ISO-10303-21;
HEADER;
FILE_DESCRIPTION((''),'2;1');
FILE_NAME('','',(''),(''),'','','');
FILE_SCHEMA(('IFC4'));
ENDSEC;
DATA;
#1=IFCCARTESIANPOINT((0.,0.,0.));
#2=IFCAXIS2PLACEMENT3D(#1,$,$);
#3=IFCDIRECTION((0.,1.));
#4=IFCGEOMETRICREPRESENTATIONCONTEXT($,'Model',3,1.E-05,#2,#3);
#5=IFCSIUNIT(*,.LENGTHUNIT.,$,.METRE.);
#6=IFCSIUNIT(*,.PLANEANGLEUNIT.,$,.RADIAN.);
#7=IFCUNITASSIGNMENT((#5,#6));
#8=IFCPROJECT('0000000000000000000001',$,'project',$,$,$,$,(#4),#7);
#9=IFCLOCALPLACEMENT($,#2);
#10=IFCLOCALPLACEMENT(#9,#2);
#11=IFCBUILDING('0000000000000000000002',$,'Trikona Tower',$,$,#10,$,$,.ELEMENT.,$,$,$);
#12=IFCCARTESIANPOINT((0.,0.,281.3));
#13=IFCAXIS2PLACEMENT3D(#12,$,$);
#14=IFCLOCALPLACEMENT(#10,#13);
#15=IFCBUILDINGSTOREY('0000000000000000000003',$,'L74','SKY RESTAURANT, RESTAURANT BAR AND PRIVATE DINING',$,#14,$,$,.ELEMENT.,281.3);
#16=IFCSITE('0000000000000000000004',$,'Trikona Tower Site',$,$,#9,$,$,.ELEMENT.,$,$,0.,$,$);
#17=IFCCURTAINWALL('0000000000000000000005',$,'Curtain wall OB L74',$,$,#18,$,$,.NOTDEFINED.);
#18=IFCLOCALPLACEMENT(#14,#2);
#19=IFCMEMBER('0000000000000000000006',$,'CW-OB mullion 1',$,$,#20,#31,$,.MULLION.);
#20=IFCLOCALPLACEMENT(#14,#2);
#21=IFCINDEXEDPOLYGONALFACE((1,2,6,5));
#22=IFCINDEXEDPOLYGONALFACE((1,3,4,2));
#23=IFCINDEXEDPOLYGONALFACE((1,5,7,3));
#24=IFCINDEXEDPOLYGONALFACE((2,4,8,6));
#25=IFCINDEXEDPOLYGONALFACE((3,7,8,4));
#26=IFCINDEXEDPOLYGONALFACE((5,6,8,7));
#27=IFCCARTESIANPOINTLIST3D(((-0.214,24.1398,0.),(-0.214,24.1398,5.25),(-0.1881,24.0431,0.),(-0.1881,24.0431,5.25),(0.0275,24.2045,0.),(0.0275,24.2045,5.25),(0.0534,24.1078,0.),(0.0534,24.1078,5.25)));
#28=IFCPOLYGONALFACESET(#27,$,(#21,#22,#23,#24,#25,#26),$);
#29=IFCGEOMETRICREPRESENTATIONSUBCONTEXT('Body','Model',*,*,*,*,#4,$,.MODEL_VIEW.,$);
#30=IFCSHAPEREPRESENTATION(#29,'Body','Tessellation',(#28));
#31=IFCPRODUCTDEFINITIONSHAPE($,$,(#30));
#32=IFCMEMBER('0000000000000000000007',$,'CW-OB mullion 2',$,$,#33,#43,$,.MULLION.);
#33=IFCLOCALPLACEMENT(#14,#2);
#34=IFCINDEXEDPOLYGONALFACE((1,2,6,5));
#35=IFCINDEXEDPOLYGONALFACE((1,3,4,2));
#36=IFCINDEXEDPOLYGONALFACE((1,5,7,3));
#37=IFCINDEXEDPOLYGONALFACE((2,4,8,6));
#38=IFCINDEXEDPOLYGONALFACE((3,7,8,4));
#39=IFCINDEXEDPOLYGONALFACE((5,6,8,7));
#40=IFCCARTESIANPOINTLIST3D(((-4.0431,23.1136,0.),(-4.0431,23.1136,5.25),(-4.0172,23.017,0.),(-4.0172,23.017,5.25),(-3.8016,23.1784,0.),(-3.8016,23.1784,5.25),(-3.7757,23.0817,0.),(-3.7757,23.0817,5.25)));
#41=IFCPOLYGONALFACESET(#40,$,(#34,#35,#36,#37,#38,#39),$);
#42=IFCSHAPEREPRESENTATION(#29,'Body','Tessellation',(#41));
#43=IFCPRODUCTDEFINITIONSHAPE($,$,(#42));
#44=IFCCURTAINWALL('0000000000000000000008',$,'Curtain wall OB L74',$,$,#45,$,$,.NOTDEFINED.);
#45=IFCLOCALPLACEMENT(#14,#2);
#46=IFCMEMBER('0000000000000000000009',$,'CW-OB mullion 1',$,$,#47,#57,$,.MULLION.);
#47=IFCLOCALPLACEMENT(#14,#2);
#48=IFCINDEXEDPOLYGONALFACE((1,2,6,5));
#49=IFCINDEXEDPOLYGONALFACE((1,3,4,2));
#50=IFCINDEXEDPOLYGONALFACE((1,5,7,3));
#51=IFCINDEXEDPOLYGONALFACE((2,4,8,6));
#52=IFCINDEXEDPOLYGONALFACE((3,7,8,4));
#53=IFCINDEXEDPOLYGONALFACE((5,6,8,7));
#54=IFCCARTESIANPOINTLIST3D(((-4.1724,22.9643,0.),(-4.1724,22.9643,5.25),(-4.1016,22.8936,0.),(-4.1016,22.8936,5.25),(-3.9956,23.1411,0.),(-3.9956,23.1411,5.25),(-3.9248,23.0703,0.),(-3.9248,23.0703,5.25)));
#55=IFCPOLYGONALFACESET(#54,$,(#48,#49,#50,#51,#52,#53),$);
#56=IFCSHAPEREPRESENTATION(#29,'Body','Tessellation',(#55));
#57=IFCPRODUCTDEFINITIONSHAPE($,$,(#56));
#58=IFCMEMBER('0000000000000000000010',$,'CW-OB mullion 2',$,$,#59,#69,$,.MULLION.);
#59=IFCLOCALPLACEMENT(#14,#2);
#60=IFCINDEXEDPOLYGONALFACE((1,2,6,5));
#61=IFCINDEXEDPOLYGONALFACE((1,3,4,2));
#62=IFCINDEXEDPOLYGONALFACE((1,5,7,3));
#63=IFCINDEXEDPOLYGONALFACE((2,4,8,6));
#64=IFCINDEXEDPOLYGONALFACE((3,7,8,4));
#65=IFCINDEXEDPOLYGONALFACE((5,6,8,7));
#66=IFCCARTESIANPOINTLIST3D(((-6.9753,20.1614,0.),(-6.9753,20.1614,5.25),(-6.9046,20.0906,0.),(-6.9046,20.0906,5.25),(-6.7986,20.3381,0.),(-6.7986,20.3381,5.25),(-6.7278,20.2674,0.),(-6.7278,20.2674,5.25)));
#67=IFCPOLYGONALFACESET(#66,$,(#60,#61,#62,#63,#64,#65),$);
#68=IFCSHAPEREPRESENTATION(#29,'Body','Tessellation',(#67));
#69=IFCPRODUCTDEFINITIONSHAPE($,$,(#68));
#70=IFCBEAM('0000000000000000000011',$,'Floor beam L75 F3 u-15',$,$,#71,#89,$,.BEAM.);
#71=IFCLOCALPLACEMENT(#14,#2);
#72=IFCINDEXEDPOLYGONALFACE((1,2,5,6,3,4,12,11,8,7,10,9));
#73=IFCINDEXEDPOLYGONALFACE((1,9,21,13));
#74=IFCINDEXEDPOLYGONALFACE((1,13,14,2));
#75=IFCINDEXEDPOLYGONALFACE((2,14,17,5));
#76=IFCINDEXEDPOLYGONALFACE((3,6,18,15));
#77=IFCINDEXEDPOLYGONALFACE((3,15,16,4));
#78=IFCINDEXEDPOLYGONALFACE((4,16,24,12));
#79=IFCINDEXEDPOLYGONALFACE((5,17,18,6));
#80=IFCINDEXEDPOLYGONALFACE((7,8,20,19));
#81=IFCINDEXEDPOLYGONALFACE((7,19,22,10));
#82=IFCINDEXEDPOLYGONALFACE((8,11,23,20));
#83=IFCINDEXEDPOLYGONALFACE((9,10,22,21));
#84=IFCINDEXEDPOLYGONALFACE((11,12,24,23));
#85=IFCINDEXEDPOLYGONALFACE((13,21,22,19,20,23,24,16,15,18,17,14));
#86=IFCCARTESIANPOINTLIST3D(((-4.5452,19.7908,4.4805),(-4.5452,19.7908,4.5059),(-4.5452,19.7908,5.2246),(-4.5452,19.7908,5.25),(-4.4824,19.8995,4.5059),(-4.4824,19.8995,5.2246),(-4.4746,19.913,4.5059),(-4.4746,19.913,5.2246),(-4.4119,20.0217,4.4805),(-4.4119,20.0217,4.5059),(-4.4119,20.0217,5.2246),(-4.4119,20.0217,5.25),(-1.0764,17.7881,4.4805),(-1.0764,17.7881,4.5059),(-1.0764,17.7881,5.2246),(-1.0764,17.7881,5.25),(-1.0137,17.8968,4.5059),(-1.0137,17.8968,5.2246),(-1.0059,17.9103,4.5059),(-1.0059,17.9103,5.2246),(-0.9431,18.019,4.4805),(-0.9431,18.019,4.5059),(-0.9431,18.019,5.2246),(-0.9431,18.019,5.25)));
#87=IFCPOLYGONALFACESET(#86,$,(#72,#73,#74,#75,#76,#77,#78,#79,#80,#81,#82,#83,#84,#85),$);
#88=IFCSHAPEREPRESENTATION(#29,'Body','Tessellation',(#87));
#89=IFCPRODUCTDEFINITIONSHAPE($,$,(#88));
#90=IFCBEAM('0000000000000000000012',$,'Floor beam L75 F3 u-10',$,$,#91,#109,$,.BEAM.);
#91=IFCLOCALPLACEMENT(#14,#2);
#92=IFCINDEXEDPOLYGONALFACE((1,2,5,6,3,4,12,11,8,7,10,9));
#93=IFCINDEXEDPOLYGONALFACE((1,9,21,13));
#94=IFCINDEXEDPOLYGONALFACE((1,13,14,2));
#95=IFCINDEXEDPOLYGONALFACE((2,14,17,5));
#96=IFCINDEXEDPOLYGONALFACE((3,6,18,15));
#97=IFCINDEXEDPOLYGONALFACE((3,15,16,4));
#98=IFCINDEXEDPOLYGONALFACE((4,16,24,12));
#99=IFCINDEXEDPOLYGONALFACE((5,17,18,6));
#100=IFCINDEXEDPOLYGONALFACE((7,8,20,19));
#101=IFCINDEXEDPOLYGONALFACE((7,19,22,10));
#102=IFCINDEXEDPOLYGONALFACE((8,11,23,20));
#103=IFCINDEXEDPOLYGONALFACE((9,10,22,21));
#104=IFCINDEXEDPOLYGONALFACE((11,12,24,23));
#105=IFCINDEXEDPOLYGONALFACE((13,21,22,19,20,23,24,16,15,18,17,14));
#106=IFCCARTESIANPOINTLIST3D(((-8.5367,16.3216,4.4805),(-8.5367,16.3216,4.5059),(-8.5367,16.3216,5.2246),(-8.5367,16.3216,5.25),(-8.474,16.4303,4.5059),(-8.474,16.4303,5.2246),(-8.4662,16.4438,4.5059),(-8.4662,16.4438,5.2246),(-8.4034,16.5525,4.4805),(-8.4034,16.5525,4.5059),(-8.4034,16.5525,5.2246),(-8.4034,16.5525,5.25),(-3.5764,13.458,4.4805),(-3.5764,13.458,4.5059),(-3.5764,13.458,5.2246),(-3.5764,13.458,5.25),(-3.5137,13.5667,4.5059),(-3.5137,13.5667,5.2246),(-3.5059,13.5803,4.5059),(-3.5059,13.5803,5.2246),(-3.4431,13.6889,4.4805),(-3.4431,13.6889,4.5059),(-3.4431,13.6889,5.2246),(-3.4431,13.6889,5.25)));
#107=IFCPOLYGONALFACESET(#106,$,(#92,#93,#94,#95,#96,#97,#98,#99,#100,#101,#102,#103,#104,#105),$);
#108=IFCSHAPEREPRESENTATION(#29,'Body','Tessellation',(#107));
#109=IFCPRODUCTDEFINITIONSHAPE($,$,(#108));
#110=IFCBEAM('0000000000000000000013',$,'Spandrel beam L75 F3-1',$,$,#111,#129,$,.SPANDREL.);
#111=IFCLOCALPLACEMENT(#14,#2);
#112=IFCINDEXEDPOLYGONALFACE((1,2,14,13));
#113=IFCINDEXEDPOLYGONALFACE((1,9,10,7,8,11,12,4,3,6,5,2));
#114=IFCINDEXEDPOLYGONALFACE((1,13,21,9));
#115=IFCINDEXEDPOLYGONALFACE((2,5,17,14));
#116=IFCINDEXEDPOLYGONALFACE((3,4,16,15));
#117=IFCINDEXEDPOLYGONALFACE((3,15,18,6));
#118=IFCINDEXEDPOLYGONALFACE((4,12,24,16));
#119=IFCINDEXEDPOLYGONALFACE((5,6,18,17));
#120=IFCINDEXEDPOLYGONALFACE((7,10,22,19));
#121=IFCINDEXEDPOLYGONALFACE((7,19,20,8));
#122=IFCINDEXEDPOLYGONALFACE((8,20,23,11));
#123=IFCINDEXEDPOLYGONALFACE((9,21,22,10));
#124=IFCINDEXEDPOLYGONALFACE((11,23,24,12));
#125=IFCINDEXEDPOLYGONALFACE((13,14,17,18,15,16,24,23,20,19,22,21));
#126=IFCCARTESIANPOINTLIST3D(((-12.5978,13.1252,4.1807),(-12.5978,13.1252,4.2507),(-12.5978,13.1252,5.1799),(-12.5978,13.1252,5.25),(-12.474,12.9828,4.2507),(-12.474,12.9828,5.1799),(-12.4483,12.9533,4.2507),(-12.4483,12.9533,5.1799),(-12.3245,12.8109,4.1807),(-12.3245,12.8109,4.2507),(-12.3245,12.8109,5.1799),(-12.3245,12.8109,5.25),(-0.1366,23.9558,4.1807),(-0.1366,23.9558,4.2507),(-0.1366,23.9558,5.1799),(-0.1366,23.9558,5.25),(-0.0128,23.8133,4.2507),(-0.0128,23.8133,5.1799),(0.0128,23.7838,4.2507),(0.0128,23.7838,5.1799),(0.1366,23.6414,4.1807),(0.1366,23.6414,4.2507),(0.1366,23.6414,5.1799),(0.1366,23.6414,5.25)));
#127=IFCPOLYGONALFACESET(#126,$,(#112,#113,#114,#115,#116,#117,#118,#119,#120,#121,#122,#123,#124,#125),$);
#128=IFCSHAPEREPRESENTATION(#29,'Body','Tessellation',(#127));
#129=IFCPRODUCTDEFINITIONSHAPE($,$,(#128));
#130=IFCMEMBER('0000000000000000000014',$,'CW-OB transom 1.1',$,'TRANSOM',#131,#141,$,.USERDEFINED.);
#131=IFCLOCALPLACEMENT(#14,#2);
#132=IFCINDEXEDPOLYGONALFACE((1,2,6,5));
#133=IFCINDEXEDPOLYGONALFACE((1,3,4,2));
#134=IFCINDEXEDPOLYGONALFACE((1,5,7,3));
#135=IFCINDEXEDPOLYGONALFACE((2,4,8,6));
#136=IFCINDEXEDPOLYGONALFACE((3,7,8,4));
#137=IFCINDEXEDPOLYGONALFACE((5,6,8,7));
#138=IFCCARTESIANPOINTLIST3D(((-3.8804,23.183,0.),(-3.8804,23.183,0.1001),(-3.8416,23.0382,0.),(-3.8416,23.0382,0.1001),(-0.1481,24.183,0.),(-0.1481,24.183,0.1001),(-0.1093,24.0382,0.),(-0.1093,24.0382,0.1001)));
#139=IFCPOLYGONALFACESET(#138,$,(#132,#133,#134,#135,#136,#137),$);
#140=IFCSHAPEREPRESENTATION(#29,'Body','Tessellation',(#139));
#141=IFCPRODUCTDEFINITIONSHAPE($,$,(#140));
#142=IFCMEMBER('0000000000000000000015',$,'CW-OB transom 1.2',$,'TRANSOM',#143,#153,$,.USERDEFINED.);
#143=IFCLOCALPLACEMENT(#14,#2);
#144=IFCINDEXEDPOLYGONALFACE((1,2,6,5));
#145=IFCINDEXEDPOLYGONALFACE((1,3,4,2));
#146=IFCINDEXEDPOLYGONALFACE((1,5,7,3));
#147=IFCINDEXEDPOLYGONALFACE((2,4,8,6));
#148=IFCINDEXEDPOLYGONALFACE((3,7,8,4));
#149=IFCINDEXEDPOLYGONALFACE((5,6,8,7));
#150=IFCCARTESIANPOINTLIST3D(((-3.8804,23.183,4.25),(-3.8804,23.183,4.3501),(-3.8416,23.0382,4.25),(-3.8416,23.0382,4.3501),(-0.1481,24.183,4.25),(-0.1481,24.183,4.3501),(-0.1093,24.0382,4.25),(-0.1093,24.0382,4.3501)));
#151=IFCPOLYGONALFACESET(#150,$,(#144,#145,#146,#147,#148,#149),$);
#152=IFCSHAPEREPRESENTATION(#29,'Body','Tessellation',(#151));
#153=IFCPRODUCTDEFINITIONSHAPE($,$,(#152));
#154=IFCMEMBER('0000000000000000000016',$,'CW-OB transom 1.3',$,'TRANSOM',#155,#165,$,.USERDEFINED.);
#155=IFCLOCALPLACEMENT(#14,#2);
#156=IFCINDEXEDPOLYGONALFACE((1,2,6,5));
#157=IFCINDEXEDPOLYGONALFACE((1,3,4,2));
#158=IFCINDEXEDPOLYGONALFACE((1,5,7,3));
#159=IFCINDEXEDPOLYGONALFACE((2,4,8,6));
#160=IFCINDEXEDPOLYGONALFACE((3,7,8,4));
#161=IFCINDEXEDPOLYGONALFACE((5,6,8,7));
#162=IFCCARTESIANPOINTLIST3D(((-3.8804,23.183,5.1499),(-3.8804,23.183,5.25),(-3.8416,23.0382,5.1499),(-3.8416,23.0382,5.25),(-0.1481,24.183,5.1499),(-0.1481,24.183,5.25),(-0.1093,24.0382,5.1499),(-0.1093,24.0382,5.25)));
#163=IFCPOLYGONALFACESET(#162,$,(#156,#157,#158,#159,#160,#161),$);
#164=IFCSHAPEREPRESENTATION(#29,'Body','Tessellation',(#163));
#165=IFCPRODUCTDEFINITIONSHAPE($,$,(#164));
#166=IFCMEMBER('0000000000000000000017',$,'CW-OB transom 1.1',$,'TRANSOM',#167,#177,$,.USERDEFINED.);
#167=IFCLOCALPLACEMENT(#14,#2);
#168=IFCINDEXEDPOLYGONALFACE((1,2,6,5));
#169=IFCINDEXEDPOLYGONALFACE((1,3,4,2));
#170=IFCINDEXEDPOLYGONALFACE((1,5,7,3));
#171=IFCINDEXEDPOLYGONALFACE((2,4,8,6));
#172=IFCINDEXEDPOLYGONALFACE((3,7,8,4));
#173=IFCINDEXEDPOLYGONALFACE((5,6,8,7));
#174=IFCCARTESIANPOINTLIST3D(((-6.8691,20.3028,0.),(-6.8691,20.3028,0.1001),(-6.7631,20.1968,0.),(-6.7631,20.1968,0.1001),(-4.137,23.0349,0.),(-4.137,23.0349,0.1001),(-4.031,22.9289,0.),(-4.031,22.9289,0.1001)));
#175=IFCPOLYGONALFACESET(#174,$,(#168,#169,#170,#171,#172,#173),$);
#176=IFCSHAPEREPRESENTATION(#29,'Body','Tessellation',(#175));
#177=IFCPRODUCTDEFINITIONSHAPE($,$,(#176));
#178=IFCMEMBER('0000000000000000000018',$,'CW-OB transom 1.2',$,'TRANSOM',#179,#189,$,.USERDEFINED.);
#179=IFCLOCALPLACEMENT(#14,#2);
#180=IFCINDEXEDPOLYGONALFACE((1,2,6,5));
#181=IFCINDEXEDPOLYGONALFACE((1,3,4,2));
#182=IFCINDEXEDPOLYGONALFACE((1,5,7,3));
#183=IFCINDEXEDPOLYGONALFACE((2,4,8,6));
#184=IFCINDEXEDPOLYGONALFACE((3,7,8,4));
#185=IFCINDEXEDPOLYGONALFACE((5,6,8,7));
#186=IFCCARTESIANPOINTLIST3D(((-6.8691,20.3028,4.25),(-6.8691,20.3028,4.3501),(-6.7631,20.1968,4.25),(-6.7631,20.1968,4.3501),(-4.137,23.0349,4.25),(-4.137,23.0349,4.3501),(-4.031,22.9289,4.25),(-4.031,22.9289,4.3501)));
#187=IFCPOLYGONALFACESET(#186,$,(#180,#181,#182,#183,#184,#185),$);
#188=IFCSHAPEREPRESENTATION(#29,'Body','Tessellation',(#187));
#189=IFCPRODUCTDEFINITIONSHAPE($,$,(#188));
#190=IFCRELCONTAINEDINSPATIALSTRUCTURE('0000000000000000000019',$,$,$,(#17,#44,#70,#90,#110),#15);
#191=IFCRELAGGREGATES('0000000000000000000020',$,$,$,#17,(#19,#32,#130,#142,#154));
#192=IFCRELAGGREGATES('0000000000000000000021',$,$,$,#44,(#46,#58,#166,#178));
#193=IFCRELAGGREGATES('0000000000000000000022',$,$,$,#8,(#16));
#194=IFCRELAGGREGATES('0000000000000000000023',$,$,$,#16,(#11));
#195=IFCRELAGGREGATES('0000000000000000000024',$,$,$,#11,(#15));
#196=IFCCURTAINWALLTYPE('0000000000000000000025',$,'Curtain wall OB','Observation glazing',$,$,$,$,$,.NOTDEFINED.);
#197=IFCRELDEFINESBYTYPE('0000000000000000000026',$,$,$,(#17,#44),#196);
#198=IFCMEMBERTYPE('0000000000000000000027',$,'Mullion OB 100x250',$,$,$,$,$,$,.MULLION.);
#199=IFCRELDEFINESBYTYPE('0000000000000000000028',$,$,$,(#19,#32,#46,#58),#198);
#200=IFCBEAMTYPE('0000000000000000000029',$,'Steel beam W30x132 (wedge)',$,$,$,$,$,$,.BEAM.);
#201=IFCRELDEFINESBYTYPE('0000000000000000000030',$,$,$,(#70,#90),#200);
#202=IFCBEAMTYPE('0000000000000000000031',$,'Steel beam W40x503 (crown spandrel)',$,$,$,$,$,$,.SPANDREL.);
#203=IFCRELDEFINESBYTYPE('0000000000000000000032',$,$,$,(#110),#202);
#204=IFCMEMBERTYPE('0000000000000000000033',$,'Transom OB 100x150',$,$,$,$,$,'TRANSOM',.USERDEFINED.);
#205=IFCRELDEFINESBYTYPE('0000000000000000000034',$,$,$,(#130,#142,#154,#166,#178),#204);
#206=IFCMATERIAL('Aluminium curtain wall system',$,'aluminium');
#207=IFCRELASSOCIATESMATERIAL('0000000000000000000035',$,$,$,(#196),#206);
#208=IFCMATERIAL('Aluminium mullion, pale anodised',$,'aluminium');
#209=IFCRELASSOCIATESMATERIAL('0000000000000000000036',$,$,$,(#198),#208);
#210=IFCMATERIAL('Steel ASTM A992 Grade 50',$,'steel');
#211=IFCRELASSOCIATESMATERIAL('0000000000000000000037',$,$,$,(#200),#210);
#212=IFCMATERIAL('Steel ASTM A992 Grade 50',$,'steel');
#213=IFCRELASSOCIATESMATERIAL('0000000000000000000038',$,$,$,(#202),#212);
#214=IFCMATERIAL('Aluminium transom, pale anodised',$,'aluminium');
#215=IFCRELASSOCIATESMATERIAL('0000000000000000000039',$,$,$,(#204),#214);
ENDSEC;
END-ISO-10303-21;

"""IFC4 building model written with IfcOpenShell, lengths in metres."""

from ifc_helpers import new_model, si_unit, direction, frame, origin, origin_2d, place, context, subcontext, project, spatial, rectangle, i_section, extrude, material, material_profile, profile_set, type_object, element, aggregate, save


model = new_model("IFC4")

# Units and contexts
model_context = context("Model", 3, precision=1e-05, world=origin(), true_north=direction((0.0, 1.0)))
body_context = subcontext(model_context, "Body", "Model", "MODEL_VIEW")
ifc_project = project(units=[si_unit("LENGTHUNIT", "METRE"), si_unit("PLANEANGLEUNIT", "RADIAN")], contexts=[model_context])

# Site, building, storey
site_placement = place(None, origin())
site = spatial("IfcSite", under=ifc_project, at=site_placement, Name="Trikona Tower Site", CompositionType="ELEMENT", RefElevation=0.0)
building_placement = place(site_placement, origin())
building = spatial("IfcBuilding", under=site, at=building_placement, Name="Trikona Tower", CompositionType="ELEMENT")
storey_placement = place(building_placement, frame((0.0, 0.0, 281.3)))
storey = spatial("IfcBuildingStorey", under=building, at=storey_placement, Name="L74", Description="SKY RESTAURANT, RESTAURANT BAR AND PRIVATE DINING", CompositionType="ELEMENT", Elevation=281.3)

# Curtain walls, members
ifc_material_1 = material(Name="Aluminium curtain wall system", Category="aluminium")
curtain_wall_type = type_object("IfcCurtainWallType", Name="Curtain wall OB", Description="Observation glazing", PredefinedType="NOTDEFINED", material=ifc_material_1)
curtain_wall_1_placement = place(storey_placement, origin())
curtain_wall_1 = element("IfcCurtainWall", 1, at=curtain_wall_1_placement, inside=storey, type_object=curtain_wall_type, Name="Curtain wall OB L74", PredefinedType="NOTDEFINED")
ifc_material_2 = material(Name="Aluminium mullion, pale anodised", Category="aluminium")
ifc_material_profile_1 = material_profile(ifc_material_2, rectangle(XDim=0.1001, YDim=0.25, at=origin_2d()), Name="MUL-OB")
ifc_profile_set_1 = profile_set([ifc_material_profile_1], Name="Aluminium mullion, pale anodised")
member_type_1 = type_object("IfcMemberType", Name="Mullion OB 100x250", PredefinedType="MULLION", material=ifc_profile_set_1)
member_1_placement = place(storey_placement, frame((-0.0803, 24.1238, 0.0), z_axis=(0.0, 0.0, 1.0), x_axis=(0.258828, -0.965923, 0.0)))
member_1 = element("IfcMember", 2, at=member_1_placement, type_object=member_type_1, Name="CW-OB mullion 1", PredefinedType="MULLION", context=body_context, shape_type="SweptSolid", body=[
    extrude(rectangle(XDim=0.1001, YDim=0.25, at=origin_2d()), origin(), (0.0, 0.0, 1.0), 5.25),
])
member_2_placement = place(storey_placement, frame((-3.9094, 23.0977, 0.0), z_axis=(0.0, 0.0, 1.0), x_axis=(0.258828, -0.965923, 0.0)))
member_2 = element("IfcMember", 3, at=member_2_placement, type_object=member_type_1, Name="CW-OB mullion 2", PredefinedType="MULLION", context=body_context, shape_type="SweptSolid", body=[
    extrude(rectangle(XDim=0.1001, YDim=0.25, at=origin_2d()), origin(), (0.0, 0.0, 1.0), 5.25),
])
curtain_wall_2_placement = place(storey_placement, origin())
curtain_wall_2 = element("IfcCurtainWall", 4, at=curtain_wall_2_placement, inside=storey, type_object=curtain_wall_type, Name="Curtain wall OB L74", PredefinedType="NOTDEFINED")
member_3_placement = place(storey_placement, frame((-4.0486, 23.0173, 0.0), z_axis=(0.0, 0.0, 1.0), x_axis=(0.707107, -0.707107, 0.0)))
member_3 = element("IfcMember", 5, at=member_3_placement, type_object=member_type_1, Name="CW-OB mullion 1", PredefinedType="MULLION", context=body_context, shape_type="SweptSolid", body=[
    extrude(rectangle(XDim=0.1001, YDim=0.25, at=origin_2d()), origin(), (0.0, 0.0, 1.0), 5.25),
])
member_4_placement = place(storey_placement, frame((-6.8516, 20.2144, 0.0), z_axis=(0.0, 0.0, 1.0), x_axis=(0.707107, -0.707107, 0.0)))
member_4 = element("IfcMember", 6, at=member_4_placement, type_object=member_type_1, Name="CW-OB mullion 2", PredefinedType="MULLION", context=body_context, shape_type="SweptSolid", body=[
    extrude(rectangle(XDim=0.1001, YDim=0.25, at=origin_2d()), origin(), (0.0, 0.0, 1.0), 5.25),
])

# Beams
ifc_material_3 = material(Name="Steel ASTM A992 Grade 50", Category="steel")
ifc_material_profile_2 = material_profile(ifc_material_3, i_section(OverallWidth=0.2666, OverallDepth=0.7695, WebThickness=0.0156, FlangeThickness=0.0254, at=origin_2d()), Name="W30X132")
ifc_profile_set_2 = profile_set([ifc_material_profile_2], Name="Steel ASTM A992 Grade 50")
beam_type_1 = type_object("IfcBeamType", Name="Steel beam W30x132 (wedge)", PredefinedType="BEAM", material=ifc_profile_set_2)
beam_1_placement = place(storey_placement, frame((-1.0098, 17.9036, 4.8652), z_axis=(-0.866025, 0.5, 0.0), x_axis=(-0.5, -0.866025, 0.0)))
element("IfcBeam", 7, at=beam_1_placement, inside=storey, type_object=beam_type_1, Name="Floor beam L75 F3 u-15", PredefinedType="BEAM", context=body_context, shape_type="SweptSolid", body=[
    extrude(i_section(OverallWidth=0.2666, OverallDepth=0.7695, WebThickness=0.0156, FlangeThickness=0.0254, at=origin_2d()), origin(), (0.0, 0.0, 1.0), 4.0054),
])
beam_2_placement = place(storey_placement, frame((-3.5098, 13.5735, 4.8652), z_axis=(-0.866044, 0.499967, 0.0), x_axis=(-0.499967, -0.866044, 0.0)))
element("IfcBeam", 8, at=beam_2_placement, inside=storey, type_object=beam_type_1, Name="Floor beam L75 F3 u-10", PredefinedType="BEAM", context=body_context, shape_type="SweptSolid", body=[
    extrude(i_section(OverallWidth=0.2666, OverallDepth=0.7695, WebThickness=0.0156, FlangeThickness=0.0254, at=origin_2d()), origin(), (0.0, 0.0, 1.0), 5.7275),
])
ifc_material_4 = material(Name="Steel ASTM A992 Grade 50", Category="steel")
ifc_material_profile_3 = material_profile(ifc_material_4, i_section(OverallWidth=0.4165, OverallDepth=1.0693, WebThickness=0.0391, FlangeThickness=0.0701, at=origin_2d()), Name="W40X503")
ifc_profile_set_3 = profile_set([ifc_material_profile_3], Name="Steel ASTM A992 Grade 50")
beam_type_2 = type_object("IfcBeamType", Name="Steel beam W40x503 (crown spandrel)", PredefinedType="SPANDREL", material=ifc_profile_set_3)
beam_3_placement = place(storey_placement, frame((0.0, 23.7986, 4.7153), z_axis=(-0.754763, -0.655998, 0.0), x_axis=(0.655998, -0.754763, 0.0)))
element("IfcBeam", 9, at=beam_3_placement, inside=storey, type_object=beam_type_2, Name="Spandrel beam L75 F3-1", PredefinedType="SPANDREL", context=body_context, shape_type="SweptSolid", body=[
    extrude(i_section(OverallWidth=0.4165, OverallDepth=1.0693, WebThickness=0.0391, FlangeThickness=0.0701, at=origin_2d()), origin(), (0.0, 0.0, 1.0), 16.51),
])

# Members
ifc_material_5 = material(Name="Aluminium transom, pale anodised", Category="aluminium")
ifc_material_profile_4 = material_profile(ifc_material_5, rectangle(XDim=0.1499, YDim=0.1001, at=origin_2d()), Name="TRN-OB")
ifc_profile_set_4 = profile_set([ifc_material_profile_4], Name="Aluminium transom, pale anodised")
member_type_2 = type_object("IfcMemberType", Name="Transom OB 100x150", ElementType="TRANSOM", PredefinedType="USERDEFINED", material=ifc_profile_set_4)
member_5_placement = place(storey_placement, frame((-0.1287, 24.1106, 0.05), z_axis=(-0.965932, -0.258795, 0.0), x_axis=(0.258795, -0.965932, 0.0)))
member_5 = element("IfcMember", 10, at=member_5_placement, type_object=member_type_2, Name="CW-OB transom 1.1", ObjectType="TRANSOM", PredefinedType="USERDEFINED", context=body_context, shape_type="SweptSolid", body=[
    extrude(rectangle(XDim=0.1499, YDim=0.1001, at=origin_2d()), origin(), (0.0, 0.0, 1.0), 3.864),
])
member_6_placement = place(storey_placement, frame((-0.1287, 24.1106, 4.3), z_axis=(-0.965932, -0.258795, 0.0), x_axis=(0.258795, -0.965932, 0.0)))
member_6 = element("IfcMember", 11, at=member_6_placement, type_object=member_type_2, Name="CW-OB transom 1.2", ObjectType="TRANSOM", PredefinedType="USERDEFINED", context=body_context, shape_type="SweptSolid", body=[
    extrude(rectangle(XDim=0.1499, YDim=0.1001, at=origin_2d()), origin(), (0.0, 0.0, 1.0), 3.864),
])
member_7_placement = place(storey_placement, frame((-0.1287, 24.1106, 5.2), z_axis=(-0.965932, -0.258795, 0.0), x_axis=(0.258795, -0.965932, 0.0)))
member_7 = element("IfcMember", 12, at=member_7_placement, type_object=member_type_2, Name="CW-OB transom 1.3", ObjectType="TRANSOM", PredefinedType="USERDEFINED", context=body_context, shape_type="SweptSolid", body=[
    extrude(rectangle(XDim=0.1499, YDim=0.1001, at=origin_2d()), origin(), (0.0, 0.0, 1.0), 3.864),
])
member_8_placement = place(storey_placement, frame((-4.084, 22.9819, 0.05), z_axis=(-0.707107, -0.707107, 0.0), x_axis=(0.707107, -0.707107, 0.0)))
member_8 = element("IfcMember", 13, at=member_8_placement, type_object=member_type_2, Name="CW-OB transom 1.1", ObjectType="TRANSOM", PredefinedType="USERDEFINED", context=body_context, shape_type="SweptSolid", body=[
    extrude(rectangle(XDim=0.1499, YDim=0.1001, at=origin_2d()), origin(), (0.0, 0.0, 1.0), 3.8638),
])
member_9_placement = place(storey_placement, frame((-4.084, 22.9819, 4.3), z_axis=(-0.707107, -0.707107, 0.0), x_axis=(0.707107, -0.707107, 0.0)))
member_9 = element("IfcMember", 14, at=member_9_placement, type_object=member_type_2, Name="CW-OB transom 1.2", ObjectType="TRANSOM", PredefinedType="USERDEFINED", context=body_context, shape_type="SweptSolid", body=[
    extrude(rectangle(XDim=0.1499, YDim=0.1001, at=origin_2d()), origin(), (0.0, 0.0, 1.0), 3.8638),
])

aggregate(curtain_wall_1, [member_1, member_2, member_5, member_6, member_7])
aggregate(curtain_wall_2, [member_3, member_4, member_8, member_9])

save(model, "model.ifc")
